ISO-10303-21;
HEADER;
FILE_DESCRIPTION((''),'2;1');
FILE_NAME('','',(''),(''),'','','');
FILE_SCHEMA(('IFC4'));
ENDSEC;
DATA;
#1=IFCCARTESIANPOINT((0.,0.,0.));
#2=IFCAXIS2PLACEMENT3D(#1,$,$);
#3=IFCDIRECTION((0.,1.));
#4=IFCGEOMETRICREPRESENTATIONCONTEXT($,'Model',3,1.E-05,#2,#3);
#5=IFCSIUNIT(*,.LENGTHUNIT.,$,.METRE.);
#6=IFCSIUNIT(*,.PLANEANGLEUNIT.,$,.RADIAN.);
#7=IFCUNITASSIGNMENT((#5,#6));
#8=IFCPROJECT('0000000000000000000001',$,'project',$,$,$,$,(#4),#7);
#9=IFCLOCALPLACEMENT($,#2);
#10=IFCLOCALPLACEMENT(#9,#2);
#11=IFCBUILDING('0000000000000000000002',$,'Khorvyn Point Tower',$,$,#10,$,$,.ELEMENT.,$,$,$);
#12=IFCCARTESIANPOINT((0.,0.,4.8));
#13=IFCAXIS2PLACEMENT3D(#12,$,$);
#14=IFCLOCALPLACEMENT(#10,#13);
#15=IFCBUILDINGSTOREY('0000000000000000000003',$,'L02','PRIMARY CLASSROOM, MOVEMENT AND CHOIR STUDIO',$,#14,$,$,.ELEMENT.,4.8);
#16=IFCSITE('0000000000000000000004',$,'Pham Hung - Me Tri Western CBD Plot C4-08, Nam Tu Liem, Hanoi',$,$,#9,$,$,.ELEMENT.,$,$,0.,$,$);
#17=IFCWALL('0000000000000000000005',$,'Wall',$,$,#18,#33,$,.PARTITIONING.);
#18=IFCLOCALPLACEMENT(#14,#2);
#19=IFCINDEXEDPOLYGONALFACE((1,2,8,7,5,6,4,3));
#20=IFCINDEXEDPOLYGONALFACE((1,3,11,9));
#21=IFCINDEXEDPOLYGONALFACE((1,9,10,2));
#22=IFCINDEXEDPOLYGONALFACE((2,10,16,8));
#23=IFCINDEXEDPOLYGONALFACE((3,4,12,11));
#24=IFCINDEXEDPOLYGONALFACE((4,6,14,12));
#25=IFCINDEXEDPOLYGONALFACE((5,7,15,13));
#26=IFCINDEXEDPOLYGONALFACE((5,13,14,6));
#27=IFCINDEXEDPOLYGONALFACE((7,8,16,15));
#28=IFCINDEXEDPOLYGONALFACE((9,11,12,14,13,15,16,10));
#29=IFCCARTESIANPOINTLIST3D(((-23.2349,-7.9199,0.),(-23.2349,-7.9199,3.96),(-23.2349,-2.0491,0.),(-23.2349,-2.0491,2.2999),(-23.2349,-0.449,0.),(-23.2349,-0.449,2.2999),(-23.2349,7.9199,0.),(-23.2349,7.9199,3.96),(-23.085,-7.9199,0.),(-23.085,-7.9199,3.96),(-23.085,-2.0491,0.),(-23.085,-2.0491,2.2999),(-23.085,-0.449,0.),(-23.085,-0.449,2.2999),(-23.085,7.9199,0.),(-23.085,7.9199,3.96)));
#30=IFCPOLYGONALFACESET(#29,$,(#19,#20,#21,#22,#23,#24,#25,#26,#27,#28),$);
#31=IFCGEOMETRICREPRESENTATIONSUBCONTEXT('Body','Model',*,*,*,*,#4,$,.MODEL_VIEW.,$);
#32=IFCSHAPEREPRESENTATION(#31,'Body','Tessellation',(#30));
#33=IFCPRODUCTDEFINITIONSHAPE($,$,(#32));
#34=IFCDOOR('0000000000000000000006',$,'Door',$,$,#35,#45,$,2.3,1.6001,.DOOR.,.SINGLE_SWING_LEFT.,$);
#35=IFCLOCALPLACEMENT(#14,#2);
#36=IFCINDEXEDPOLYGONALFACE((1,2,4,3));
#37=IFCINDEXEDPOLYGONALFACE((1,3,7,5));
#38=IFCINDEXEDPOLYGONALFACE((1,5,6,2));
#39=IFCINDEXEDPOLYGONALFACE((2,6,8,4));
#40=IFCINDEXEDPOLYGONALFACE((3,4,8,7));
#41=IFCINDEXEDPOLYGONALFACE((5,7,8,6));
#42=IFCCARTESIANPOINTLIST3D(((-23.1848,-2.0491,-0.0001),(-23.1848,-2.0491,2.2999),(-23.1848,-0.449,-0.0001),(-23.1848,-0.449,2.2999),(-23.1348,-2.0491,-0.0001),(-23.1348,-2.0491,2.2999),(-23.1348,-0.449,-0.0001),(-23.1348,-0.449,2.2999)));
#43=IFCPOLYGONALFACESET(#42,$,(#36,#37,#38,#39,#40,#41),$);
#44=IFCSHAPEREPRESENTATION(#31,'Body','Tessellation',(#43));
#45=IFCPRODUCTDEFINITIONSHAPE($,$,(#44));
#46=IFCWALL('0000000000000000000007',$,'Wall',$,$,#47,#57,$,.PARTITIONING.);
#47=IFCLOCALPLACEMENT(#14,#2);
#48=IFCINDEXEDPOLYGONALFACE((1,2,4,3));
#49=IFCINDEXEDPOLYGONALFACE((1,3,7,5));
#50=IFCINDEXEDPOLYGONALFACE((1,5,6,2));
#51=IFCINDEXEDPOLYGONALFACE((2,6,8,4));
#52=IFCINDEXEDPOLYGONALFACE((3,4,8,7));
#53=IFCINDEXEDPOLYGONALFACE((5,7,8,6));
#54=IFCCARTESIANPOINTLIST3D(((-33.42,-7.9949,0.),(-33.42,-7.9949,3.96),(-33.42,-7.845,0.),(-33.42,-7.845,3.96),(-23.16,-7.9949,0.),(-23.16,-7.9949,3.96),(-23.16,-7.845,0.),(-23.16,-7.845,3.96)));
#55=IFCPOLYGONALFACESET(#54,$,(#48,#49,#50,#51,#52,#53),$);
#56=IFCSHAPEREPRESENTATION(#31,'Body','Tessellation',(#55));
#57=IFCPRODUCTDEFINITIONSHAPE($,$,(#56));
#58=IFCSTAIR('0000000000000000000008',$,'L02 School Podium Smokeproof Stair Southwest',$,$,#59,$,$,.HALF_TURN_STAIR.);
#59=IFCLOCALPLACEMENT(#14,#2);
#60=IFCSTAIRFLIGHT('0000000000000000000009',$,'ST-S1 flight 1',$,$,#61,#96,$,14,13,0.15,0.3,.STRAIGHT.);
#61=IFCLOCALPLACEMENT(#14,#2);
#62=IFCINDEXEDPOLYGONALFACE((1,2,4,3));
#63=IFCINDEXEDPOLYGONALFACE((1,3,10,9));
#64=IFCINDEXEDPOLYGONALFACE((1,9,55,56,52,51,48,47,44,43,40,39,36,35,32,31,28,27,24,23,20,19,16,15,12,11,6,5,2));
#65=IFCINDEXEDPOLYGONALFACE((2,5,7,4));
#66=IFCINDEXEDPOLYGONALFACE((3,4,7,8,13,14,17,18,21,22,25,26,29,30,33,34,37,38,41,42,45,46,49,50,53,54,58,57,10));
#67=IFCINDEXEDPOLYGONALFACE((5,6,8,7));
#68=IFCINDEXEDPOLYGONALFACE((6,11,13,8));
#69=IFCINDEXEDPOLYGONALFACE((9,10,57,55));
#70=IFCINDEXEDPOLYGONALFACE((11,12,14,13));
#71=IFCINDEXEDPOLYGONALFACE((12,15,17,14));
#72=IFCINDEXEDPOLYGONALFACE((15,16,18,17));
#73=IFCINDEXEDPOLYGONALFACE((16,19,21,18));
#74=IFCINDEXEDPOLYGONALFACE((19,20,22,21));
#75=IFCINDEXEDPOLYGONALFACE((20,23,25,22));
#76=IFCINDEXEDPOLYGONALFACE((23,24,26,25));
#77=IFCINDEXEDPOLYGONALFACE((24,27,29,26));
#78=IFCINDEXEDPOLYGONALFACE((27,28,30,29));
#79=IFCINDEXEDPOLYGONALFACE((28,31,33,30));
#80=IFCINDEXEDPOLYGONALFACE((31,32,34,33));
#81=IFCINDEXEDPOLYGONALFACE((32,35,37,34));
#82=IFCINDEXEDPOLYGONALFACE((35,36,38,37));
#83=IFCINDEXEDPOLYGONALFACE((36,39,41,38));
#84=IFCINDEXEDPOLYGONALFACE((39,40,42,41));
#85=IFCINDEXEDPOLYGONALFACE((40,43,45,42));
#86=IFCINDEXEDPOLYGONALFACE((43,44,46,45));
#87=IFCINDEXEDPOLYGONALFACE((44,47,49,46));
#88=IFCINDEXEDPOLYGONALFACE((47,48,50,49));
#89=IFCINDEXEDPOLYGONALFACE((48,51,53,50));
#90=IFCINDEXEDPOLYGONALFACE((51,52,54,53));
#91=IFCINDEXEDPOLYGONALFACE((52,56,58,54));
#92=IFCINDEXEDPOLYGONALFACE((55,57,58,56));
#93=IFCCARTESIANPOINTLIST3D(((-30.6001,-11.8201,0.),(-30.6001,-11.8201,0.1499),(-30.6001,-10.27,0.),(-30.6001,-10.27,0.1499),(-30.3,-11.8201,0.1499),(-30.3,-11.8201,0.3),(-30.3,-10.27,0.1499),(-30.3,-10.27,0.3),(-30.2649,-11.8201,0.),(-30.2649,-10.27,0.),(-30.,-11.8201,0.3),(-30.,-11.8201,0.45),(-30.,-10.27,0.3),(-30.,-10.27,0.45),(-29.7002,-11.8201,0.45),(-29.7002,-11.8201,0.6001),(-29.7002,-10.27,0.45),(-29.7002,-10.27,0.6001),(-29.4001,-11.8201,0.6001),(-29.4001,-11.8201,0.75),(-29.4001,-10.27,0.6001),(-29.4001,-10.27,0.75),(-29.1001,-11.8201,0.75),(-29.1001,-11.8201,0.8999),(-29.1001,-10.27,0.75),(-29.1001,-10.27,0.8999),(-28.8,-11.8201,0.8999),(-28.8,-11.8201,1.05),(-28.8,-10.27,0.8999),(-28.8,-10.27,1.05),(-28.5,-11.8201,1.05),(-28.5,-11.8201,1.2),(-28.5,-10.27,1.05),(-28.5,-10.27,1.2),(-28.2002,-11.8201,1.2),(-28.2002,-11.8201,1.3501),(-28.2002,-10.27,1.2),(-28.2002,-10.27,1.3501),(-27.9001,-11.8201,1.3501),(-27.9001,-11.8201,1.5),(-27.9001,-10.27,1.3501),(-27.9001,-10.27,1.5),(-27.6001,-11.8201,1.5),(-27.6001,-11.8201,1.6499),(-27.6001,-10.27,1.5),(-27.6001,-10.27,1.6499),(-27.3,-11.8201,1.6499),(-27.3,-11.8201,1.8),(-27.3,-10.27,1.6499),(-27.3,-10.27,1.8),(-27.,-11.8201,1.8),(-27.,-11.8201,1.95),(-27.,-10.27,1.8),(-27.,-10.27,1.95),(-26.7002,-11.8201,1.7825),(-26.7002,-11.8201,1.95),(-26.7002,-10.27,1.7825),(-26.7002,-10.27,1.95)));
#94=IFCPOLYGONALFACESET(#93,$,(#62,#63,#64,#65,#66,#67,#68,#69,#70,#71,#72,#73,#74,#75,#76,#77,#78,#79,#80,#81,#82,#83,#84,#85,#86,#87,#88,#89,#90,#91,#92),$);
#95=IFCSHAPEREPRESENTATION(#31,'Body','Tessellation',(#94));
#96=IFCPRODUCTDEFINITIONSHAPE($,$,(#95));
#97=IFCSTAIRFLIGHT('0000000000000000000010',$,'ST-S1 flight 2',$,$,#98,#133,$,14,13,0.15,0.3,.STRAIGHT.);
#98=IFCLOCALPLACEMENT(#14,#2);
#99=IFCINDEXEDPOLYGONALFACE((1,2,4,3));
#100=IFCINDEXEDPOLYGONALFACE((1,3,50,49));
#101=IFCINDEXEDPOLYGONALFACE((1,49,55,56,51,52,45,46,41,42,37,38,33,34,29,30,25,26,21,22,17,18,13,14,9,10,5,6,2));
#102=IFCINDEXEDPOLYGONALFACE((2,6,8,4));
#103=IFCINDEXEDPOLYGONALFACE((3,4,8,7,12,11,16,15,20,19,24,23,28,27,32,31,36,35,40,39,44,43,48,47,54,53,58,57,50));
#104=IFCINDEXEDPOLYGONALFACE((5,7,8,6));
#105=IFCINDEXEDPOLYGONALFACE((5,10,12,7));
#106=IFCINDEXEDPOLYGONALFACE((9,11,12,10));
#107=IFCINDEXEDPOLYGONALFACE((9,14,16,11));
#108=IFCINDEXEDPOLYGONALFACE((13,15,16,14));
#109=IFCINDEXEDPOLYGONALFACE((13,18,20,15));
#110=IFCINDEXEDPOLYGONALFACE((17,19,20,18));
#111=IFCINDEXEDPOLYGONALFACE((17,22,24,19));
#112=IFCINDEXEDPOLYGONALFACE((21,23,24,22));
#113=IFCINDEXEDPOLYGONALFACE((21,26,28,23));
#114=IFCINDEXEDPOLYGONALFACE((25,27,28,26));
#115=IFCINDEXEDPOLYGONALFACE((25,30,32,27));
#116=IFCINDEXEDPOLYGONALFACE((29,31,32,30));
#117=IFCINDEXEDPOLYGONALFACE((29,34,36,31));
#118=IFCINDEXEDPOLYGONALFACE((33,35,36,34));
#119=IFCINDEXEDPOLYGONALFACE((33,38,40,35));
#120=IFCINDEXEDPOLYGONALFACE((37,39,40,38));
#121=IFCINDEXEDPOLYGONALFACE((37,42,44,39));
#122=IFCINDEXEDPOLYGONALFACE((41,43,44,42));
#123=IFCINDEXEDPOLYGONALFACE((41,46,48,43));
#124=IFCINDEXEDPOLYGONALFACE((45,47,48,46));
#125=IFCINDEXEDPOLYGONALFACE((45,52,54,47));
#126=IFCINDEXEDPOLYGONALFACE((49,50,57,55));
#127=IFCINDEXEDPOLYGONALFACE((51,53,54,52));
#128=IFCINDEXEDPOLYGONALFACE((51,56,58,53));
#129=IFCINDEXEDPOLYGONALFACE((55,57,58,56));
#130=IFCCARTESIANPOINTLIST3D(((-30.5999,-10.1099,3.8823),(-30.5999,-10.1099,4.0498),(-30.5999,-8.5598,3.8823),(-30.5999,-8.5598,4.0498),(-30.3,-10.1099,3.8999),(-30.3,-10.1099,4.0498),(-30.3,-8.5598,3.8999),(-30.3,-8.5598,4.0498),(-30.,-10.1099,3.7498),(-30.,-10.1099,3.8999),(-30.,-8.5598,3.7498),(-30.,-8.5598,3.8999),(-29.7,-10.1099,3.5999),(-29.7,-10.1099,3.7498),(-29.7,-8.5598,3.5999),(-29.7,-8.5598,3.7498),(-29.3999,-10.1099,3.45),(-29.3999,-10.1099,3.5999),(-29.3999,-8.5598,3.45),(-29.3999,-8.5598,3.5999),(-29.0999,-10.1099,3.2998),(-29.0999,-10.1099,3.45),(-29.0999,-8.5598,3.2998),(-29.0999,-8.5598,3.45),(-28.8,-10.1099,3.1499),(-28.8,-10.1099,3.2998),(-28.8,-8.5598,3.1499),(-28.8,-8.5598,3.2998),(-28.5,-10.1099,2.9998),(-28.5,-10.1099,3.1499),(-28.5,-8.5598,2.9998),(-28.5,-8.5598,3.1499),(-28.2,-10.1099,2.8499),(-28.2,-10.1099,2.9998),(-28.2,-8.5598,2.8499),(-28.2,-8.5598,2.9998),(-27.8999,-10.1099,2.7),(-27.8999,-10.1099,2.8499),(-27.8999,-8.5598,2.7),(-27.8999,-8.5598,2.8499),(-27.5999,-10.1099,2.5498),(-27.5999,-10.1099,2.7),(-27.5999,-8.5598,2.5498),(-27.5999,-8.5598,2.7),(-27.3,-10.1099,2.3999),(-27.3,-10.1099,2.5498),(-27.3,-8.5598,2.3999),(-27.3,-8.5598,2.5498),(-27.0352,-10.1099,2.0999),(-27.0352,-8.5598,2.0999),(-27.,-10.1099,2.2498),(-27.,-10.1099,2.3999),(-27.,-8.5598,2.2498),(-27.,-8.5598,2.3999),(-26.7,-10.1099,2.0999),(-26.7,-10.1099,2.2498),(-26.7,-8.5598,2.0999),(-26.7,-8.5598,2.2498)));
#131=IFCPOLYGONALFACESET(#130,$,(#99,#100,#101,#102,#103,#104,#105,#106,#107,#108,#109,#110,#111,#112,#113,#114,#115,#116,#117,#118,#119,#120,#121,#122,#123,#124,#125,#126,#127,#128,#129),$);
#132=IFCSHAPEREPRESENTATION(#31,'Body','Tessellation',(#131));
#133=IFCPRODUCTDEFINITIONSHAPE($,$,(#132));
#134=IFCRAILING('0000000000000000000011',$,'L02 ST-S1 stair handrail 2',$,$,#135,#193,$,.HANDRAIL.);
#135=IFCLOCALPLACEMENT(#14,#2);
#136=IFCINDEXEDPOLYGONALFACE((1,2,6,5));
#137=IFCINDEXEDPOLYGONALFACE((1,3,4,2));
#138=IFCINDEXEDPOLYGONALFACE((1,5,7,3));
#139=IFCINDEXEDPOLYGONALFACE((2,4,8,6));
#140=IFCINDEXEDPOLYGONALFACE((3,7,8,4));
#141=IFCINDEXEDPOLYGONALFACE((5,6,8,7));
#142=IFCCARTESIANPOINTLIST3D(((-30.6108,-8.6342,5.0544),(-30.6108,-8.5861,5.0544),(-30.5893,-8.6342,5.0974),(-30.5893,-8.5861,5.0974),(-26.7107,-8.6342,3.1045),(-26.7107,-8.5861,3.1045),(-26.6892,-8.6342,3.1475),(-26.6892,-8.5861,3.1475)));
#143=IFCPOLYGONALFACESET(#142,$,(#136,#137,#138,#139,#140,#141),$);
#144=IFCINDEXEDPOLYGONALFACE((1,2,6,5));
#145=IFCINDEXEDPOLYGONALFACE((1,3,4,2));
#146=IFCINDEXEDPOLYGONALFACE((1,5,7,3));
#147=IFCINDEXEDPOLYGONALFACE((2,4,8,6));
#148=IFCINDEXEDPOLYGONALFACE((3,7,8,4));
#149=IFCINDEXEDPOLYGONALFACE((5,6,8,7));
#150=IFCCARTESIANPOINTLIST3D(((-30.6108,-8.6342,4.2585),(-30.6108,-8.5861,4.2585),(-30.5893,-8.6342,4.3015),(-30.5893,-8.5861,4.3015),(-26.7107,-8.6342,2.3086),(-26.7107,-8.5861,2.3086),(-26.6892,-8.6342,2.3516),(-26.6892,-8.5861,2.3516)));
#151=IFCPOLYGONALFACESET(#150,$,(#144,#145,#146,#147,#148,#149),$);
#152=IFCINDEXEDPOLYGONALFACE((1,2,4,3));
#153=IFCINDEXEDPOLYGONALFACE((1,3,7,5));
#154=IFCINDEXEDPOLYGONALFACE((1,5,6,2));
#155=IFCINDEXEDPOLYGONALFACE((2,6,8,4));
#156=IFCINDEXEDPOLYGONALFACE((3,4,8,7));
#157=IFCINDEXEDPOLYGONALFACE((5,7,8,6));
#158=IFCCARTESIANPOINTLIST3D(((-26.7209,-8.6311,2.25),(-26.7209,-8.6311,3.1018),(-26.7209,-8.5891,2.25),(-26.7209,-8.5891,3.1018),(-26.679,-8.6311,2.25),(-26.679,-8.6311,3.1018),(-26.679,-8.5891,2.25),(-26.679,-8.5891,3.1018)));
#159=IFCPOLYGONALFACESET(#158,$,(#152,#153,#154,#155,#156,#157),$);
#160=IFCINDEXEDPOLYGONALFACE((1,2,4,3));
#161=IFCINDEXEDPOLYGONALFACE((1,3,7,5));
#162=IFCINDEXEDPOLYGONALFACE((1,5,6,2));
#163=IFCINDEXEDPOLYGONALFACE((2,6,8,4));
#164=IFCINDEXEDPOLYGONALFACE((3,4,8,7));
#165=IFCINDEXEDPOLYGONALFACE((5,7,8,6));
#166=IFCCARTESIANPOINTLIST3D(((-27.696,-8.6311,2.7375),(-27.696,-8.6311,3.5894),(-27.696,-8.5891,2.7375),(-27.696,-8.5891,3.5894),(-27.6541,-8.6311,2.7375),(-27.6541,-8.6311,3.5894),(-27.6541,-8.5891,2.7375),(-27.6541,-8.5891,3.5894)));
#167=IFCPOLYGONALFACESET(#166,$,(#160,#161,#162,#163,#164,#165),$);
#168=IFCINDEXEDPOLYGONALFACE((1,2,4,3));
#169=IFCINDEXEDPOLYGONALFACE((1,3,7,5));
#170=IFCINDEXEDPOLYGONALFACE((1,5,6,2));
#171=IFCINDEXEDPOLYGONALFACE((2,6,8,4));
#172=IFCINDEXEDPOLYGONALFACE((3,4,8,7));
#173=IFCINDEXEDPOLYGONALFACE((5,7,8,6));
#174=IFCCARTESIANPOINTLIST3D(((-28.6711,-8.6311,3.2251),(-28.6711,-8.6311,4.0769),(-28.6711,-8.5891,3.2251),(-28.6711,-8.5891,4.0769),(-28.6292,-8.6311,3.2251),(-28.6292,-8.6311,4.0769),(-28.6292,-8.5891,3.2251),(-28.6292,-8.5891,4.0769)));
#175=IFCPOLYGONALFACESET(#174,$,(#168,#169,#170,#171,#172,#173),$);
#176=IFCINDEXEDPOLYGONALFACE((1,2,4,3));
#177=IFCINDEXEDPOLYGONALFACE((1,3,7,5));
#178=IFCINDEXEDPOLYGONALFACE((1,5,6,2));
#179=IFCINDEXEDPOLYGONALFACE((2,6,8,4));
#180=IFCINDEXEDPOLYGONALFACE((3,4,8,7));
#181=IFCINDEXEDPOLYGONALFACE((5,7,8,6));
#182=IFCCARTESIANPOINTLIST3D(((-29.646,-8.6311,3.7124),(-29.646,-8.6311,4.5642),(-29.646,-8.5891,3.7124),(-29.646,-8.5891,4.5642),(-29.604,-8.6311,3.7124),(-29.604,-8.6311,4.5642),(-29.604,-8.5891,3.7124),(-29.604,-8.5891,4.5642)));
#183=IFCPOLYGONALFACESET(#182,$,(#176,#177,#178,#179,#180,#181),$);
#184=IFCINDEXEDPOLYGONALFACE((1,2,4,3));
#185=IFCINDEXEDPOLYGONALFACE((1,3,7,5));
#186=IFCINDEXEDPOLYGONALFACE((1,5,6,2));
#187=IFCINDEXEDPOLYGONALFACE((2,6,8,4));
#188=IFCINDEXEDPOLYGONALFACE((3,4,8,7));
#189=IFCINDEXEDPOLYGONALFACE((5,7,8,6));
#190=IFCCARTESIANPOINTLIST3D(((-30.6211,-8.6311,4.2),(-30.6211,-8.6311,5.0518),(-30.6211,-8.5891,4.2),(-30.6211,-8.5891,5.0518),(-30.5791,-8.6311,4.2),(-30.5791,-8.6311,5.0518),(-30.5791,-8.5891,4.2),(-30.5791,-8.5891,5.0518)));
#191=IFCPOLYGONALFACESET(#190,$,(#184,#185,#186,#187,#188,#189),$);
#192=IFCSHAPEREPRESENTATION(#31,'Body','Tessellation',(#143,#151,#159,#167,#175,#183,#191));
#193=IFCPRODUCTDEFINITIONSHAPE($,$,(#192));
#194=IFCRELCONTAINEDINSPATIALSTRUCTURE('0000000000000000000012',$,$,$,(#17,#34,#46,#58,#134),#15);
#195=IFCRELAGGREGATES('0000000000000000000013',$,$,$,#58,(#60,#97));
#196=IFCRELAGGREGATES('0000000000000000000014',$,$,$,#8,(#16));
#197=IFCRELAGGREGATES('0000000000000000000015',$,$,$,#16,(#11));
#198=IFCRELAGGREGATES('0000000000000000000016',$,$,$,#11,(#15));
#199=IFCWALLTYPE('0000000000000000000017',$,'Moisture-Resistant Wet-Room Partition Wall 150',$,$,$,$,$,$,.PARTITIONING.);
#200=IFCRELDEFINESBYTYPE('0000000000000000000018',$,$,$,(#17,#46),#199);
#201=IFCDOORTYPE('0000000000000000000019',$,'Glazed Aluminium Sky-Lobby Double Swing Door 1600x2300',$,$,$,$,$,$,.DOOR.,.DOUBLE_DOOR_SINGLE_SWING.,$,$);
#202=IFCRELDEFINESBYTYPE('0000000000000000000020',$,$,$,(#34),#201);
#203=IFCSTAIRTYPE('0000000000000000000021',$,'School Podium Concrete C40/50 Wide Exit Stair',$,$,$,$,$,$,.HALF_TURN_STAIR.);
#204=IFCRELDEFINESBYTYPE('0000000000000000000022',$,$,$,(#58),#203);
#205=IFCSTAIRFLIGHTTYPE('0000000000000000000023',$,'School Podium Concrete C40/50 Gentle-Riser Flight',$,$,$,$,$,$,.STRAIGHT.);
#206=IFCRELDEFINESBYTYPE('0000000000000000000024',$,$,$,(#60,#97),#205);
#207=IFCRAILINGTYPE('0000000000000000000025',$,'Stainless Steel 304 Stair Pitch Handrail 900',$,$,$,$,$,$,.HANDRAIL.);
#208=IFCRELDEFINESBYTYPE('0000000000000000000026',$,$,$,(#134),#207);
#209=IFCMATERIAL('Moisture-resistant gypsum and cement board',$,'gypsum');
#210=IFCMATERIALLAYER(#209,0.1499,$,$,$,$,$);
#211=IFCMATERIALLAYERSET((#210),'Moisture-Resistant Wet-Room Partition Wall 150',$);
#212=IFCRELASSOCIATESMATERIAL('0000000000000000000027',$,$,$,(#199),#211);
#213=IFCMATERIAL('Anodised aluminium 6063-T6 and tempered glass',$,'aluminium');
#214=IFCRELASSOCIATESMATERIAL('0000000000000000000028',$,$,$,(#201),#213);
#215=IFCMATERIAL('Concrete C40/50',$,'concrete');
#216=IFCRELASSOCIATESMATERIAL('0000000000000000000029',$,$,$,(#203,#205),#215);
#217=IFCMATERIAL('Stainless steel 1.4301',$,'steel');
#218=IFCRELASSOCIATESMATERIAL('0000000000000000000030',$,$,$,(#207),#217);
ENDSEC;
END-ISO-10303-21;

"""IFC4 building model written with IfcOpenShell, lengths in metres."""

from ifc_helpers import new_model, si_unit, direction, frame, frame_2d, origin, origin_2d, place, context, subcontext, project, spatial, polyline, rectangle, outline, extrude, material, layer, layer_set, type_object, element, fill, aggregate, save


model = new_model("IFC4")

# Units and contexts
model_context = context("Model", 3, precision=1e-05, world=origin(), true_north=direction((0.0, 1.0)))
body_context = subcontext(model_context, "Body", "Model", "MODEL_VIEW")
ifc_project = project(units=[si_unit("LENGTHUNIT", "METRE"), si_unit("PLANEANGLEUNIT", "RADIAN")], contexts=[model_context])

# Site, building, storey
site_placement = place(None, origin())
site = spatial("IfcSite", under=ifc_project, at=site_placement, Name="Pham Hung - Me Tri Western CBD Plot C4-08, Nam Tu Liem, Hanoi", CompositionType="ELEMENT", RefElevation=0.0)
building_placement = place(site_placement, origin())
building = spatial("IfcBuilding", under=site, at=building_placement, Name="Khorvyn Point Tower", CompositionType="ELEMENT")
storey_placement = place(building_placement, frame((0.0, 0.0, 4.8)))
storey = spatial("IfcBuildingStorey", under=building, at=storey_placement, Name="L02", Description="PRIMARY CLASSROOM, MOVEMENT AND CHOIR STUDIO", CompositionType="ELEMENT", Elevation=4.8)

# Shared definitions
ifc_material_1 = material(Name="Concrete C40/50", Category="concrete")

# Shared definitions
ifc_material_2 = material(Name="Stainless steel 1.4301", Category="steel")

# Wall, opening, door
ifc_material_3 = material(Name="Moisture-resistant gypsum and cement board", Category="gypsum")
ifc_layer_1 = layer(ifc_material_3, 0.1499)
ifc_layer_set_1 = layer_set([ifc_layer_1], Name="Moisture-Resistant Wet-Room Partition Wall 150")
wall_type_1 = type_object("IfcWallType", Name="Moisture-Resistant Wet-Room Partition Wall 150", PredefinedType="PARTITIONING", material=ifc_layer_set_1)
wall_1_placement = place(storey_placement, frame((-23.1599, -7.9199, 0.0), z_axis=(0.0, 0.0, 1.0), x_axis=(0.0, 1.0, 0.0)))
wall_1 = element("IfcWall", 1, at=wall_1_placement, inside=storey, type_object=wall_type_1, Name="Wall", PredefinedType="PARTITIONING", context=body_context, shape_type="SweptSolid", body=[
    extrude(rectangle(XDim=15.8398, YDim=0.1499, at=frame_2d((7.9199, 0.0))), origin(), (0.0, 0.0, 1.0), 3.96),
])
opening_1_placement = place(wall_1_placement, frame((5.8708, 0.0, 0.0)))
opening_1 = element("IfcOpeningElement", 2, at=opening_1_placement, cuts=wall_1, PredefinedType="OPENING", context=body_context, shape_type="SweptSolid", body=[
    extrude(rectangle(XDim=1.6001, YDim=2.3, at=frame_2d((0.8, 1.1499))), frame((0.0, 0.085, 0.0), z_axis=(0.0, -1.0, 0.0), x_axis=(1.0, 0.0, 0.0)), (0.0, 0.0, 1.0), 0.1699),
])
ifc_material_4 = material(Name="Anodised aluminium 6063-T6 and tempered glass", Category="aluminium")
door_type_1 = type_object("IfcDoorType", Name="Glazed Aluminium Sky-Lobby Double Swing Door 1600x2300", OperationType="DOUBLE_DOOR_SINGLE_SWING", PredefinedType="DOOR", material=ifc_material_4)
door_1_placement = place(opening_1_placement, origin())
door_1 = element("IfcDoor", 3, at=door_1_placement, inside=storey, type_object=door_type_1, Name="Door", OperationType="SINGLE_SWING_LEFT", OverallHeight=2.3, OverallWidth=1.6001, PredefinedType="DOOR", context=body_context, shape_type="SweptSolid", body=[
    extrude(rectangle(XDim=1.6001, YDim=2.3, at=frame_2d((0.8, 1.1499))), frame((0.0, 0.0249, 0.0), z_axis=(0.0, -1.0, 0.0), x_axis=(1.0, 0.0, 0.0)), (0.0, 0.0, 1.0), 0.05),
])
fill(opening_1, door_1)

# Wall
wall_2_placement = place(storey_placement, frame((-33.4199, -7.9199, 0.0), z_axis=(0.0, 0.0, 1.0), x_axis=(1.0, 0.0, 0.0)))
element("IfcWall", 4, at=wall_2_placement, inside=storey, type_object=wall_type_1, Name="Wall", PredefinedType="PARTITIONING", context=body_context, shape_type="SweptSolid", body=[
    extrude(rectangle(XDim=10.26, YDim=0.1499, at=frame_2d((5.1299, 0.0))), origin(), (0.0, 0.0, 1.0), 3.96),
])

# Stair, stair flights
stair_type = type_object("IfcStairType", Name="School Podium Concrete C40/50 Wide Exit Stair", PredefinedType="HALF_TURN_STAIR", material=ifc_material_1)
stair_placement = place(storey_placement, origin())
stair = element("IfcStair", 5, at=stair_placement, inside=storey, type_object=stair_type, Name="L02 School Podium Smokeproof Stair Southwest", PredefinedType="HALF_TURN_STAIR")
stair_flight_type = type_object("IfcStairFlightType", Name="School Podium Concrete C40/50 Gentle-Riser Flight", PredefinedType="STRAIGHT", material=ifc_material_1)
stair_flight_1_placement = place(storey_placement, frame((-30.6001, -11.0449, 0.0), z_axis=(0.0, 0.0, 1.0), x_axis=(1.0, 0.0, 0.0)))
stair_flight_1 = element("IfcStairFlight", 6, at=stair_flight_1_placement, type_object=stair_flight_type, Name="ST-S1 flight 1", NumberOfRisers=14, NumberOfTreads=13, PredefinedType="STRAIGHT", RiserHeight=0.15, TreadLength=0.3, context=body_context, shape_type="SweptSolid", body=[
    extrude(outline(polyline([(0.0, 0.0), (0.0, 0.1499), (0.3, 0.1499), (0.3, 0.3), (0.6001, 0.3), (0.6001, 0.45), (0.8999, 0.45), (0.8999, 0.6001), (1.2, 0.6001), (1.2, 0.75), (1.5, 0.75), (1.5, 0.8999), (1.8, 0.8999), (1.8, 1.05), (2.1001, 1.05), (2.1001, 1.2), (2.3999, 1.2), (2.3999, 1.3501), (2.7, 1.3501), (2.7, 1.5), (3.0, 1.5), (3.0, 1.6499), (3.3, 1.6499), (3.3, 1.8), (3.6001, 1.8), (3.6001, 1.95), (3.8999, 1.95), (3.8999, 2.1001), (3.8999, 1.7825), (0.3352, 0.0), (0.0, 0.0)])), frame((0.0, 0.7749, 0.0), z_axis=(0.0, -1.0, 0.0), x_axis=(1.0, 0.0, 0.0)), (0.0, 0.0, 1.0), 1.55),
])
stair_flight_2_placement = place(storey_placement, frame((-26.7, -9.335, 2.0999), z_axis=(0.0, 0.0, 1.0), x_axis=(-1.0, 0.0, 0.0)))
stair_flight_2 = element("IfcStairFlight", 7, at=stair_flight_2_placement, type_object=stair_flight_type, Name="ST-S1 flight 2", NumberOfRisers=14, NumberOfTreads=13, PredefinedType="STRAIGHT", RiserHeight=0.15, TreadLength=0.3, context=body_context, shape_type="SweptSolid", body=[
    extrude(outline(polyline([(0.0, 0.0), (0.0, 0.1499), (0.3, 0.1499), (0.3, 0.3), (0.6001, 0.3), (0.6001, 0.45), (0.8999, 0.45), (0.8999, 0.6001), (1.2, 0.6001), (1.2, 0.75), (1.5, 0.75), (1.5, 0.8999), (1.8, 0.8999), (1.8, 1.05), (2.1001, 1.05), (2.1001, 1.2), (2.3999, 1.2), (2.3999, 1.3501), (2.7, 1.3501), (2.7, 1.5), (3.0, 1.5), (3.0, 1.6499), (3.3, 1.6499), (3.3, 1.8), (3.6001, 1.8), (3.6001, 1.95), (3.8999, 1.95), (3.8999, 2.1001), (3.8999, 1.7825), (0.3352, 0.0), (0.0, 0.0)])), frame((0.0, 0.7749, 0.0), z_axis=(0.0, -1.0, 0.0), x_axis=(1.0, 0.0, 0.0)), (0.0, 0.0, 1.0), 1.55),
])
aggregate(stair, [stair_flight_1, stair_flight_2])

# Railing
railing_type_1 = type_object("IfcRailingType", Name="Stainless Steel 304 Stair Pitch Handrail 900", PredefinedType="HANDRAIL", material=ifc_material_2)
railing_1_placement = place(storey_placement, frame((-26.7, -8.6101, 2.25)))
element("IfcRailing", 8, at=railing_1_placement, inside=storey, type_object=railing_type_1, Name="L02 ST-S1 stair handrail 2", PredefinedType="HANDRAIL", context=body_context, shape_type="SweptSolid", body=[
    extrude(rectangle(XDim=0.0481, YDim=0.0481, at=origin_2d()), frame((0.0, 0.0, 0.876), z_axis=(-0.894438, 0.0, 0.447191), x_axis=(0.0, -1.0, 0.0)), (0.0, 0.0, 1.0), 4.3604),
    extrude(rectangle(XDim=0.0481, YDim=0.0481, at=origin_2d()), frame((0.0, 0.0, 0.0801), z_axis=(-0.894438, 0.0, 0.447191), x_axis=(0.0, -1.0, 0.0)), (0.0, 0.0, 1.0), 4.3604),
    extrude(rectangle(XDim=0.042, YDim=0.042, at=origin_2d()), origin(), (0.0, 0.0, 1.0), 0.8518),
    extrude(rectangle(XDim=0.042, YDim=0.042, at=origin_2d()), frame((-0.9751, 0.0, 0.4875)), (0.0, 0.0, 1.0), 0.8518),
    extrude(rectangle(XDim=0.042, YDim=0.042, at=origin_2d()), frame((-1.9502, 0.0, 0.9751)), (0.0, 0.0, 1.0), 0.8518),
    extrude(rectangle(XDim=0.042, YDim=0.042, at=origin_2d()), frame((-2.925, 0.0, 1.4624)), (0.0, 0.0, 1.0), 0.8518),
    extrude(rectangle(XDim=0.042, YDim=0.042, at=origin_2d()), frame((-3.9001, 0.0, 1.95)), (0.0, 0.0, 1.0), 0.8518),
])

save(model, "model.ifc")
